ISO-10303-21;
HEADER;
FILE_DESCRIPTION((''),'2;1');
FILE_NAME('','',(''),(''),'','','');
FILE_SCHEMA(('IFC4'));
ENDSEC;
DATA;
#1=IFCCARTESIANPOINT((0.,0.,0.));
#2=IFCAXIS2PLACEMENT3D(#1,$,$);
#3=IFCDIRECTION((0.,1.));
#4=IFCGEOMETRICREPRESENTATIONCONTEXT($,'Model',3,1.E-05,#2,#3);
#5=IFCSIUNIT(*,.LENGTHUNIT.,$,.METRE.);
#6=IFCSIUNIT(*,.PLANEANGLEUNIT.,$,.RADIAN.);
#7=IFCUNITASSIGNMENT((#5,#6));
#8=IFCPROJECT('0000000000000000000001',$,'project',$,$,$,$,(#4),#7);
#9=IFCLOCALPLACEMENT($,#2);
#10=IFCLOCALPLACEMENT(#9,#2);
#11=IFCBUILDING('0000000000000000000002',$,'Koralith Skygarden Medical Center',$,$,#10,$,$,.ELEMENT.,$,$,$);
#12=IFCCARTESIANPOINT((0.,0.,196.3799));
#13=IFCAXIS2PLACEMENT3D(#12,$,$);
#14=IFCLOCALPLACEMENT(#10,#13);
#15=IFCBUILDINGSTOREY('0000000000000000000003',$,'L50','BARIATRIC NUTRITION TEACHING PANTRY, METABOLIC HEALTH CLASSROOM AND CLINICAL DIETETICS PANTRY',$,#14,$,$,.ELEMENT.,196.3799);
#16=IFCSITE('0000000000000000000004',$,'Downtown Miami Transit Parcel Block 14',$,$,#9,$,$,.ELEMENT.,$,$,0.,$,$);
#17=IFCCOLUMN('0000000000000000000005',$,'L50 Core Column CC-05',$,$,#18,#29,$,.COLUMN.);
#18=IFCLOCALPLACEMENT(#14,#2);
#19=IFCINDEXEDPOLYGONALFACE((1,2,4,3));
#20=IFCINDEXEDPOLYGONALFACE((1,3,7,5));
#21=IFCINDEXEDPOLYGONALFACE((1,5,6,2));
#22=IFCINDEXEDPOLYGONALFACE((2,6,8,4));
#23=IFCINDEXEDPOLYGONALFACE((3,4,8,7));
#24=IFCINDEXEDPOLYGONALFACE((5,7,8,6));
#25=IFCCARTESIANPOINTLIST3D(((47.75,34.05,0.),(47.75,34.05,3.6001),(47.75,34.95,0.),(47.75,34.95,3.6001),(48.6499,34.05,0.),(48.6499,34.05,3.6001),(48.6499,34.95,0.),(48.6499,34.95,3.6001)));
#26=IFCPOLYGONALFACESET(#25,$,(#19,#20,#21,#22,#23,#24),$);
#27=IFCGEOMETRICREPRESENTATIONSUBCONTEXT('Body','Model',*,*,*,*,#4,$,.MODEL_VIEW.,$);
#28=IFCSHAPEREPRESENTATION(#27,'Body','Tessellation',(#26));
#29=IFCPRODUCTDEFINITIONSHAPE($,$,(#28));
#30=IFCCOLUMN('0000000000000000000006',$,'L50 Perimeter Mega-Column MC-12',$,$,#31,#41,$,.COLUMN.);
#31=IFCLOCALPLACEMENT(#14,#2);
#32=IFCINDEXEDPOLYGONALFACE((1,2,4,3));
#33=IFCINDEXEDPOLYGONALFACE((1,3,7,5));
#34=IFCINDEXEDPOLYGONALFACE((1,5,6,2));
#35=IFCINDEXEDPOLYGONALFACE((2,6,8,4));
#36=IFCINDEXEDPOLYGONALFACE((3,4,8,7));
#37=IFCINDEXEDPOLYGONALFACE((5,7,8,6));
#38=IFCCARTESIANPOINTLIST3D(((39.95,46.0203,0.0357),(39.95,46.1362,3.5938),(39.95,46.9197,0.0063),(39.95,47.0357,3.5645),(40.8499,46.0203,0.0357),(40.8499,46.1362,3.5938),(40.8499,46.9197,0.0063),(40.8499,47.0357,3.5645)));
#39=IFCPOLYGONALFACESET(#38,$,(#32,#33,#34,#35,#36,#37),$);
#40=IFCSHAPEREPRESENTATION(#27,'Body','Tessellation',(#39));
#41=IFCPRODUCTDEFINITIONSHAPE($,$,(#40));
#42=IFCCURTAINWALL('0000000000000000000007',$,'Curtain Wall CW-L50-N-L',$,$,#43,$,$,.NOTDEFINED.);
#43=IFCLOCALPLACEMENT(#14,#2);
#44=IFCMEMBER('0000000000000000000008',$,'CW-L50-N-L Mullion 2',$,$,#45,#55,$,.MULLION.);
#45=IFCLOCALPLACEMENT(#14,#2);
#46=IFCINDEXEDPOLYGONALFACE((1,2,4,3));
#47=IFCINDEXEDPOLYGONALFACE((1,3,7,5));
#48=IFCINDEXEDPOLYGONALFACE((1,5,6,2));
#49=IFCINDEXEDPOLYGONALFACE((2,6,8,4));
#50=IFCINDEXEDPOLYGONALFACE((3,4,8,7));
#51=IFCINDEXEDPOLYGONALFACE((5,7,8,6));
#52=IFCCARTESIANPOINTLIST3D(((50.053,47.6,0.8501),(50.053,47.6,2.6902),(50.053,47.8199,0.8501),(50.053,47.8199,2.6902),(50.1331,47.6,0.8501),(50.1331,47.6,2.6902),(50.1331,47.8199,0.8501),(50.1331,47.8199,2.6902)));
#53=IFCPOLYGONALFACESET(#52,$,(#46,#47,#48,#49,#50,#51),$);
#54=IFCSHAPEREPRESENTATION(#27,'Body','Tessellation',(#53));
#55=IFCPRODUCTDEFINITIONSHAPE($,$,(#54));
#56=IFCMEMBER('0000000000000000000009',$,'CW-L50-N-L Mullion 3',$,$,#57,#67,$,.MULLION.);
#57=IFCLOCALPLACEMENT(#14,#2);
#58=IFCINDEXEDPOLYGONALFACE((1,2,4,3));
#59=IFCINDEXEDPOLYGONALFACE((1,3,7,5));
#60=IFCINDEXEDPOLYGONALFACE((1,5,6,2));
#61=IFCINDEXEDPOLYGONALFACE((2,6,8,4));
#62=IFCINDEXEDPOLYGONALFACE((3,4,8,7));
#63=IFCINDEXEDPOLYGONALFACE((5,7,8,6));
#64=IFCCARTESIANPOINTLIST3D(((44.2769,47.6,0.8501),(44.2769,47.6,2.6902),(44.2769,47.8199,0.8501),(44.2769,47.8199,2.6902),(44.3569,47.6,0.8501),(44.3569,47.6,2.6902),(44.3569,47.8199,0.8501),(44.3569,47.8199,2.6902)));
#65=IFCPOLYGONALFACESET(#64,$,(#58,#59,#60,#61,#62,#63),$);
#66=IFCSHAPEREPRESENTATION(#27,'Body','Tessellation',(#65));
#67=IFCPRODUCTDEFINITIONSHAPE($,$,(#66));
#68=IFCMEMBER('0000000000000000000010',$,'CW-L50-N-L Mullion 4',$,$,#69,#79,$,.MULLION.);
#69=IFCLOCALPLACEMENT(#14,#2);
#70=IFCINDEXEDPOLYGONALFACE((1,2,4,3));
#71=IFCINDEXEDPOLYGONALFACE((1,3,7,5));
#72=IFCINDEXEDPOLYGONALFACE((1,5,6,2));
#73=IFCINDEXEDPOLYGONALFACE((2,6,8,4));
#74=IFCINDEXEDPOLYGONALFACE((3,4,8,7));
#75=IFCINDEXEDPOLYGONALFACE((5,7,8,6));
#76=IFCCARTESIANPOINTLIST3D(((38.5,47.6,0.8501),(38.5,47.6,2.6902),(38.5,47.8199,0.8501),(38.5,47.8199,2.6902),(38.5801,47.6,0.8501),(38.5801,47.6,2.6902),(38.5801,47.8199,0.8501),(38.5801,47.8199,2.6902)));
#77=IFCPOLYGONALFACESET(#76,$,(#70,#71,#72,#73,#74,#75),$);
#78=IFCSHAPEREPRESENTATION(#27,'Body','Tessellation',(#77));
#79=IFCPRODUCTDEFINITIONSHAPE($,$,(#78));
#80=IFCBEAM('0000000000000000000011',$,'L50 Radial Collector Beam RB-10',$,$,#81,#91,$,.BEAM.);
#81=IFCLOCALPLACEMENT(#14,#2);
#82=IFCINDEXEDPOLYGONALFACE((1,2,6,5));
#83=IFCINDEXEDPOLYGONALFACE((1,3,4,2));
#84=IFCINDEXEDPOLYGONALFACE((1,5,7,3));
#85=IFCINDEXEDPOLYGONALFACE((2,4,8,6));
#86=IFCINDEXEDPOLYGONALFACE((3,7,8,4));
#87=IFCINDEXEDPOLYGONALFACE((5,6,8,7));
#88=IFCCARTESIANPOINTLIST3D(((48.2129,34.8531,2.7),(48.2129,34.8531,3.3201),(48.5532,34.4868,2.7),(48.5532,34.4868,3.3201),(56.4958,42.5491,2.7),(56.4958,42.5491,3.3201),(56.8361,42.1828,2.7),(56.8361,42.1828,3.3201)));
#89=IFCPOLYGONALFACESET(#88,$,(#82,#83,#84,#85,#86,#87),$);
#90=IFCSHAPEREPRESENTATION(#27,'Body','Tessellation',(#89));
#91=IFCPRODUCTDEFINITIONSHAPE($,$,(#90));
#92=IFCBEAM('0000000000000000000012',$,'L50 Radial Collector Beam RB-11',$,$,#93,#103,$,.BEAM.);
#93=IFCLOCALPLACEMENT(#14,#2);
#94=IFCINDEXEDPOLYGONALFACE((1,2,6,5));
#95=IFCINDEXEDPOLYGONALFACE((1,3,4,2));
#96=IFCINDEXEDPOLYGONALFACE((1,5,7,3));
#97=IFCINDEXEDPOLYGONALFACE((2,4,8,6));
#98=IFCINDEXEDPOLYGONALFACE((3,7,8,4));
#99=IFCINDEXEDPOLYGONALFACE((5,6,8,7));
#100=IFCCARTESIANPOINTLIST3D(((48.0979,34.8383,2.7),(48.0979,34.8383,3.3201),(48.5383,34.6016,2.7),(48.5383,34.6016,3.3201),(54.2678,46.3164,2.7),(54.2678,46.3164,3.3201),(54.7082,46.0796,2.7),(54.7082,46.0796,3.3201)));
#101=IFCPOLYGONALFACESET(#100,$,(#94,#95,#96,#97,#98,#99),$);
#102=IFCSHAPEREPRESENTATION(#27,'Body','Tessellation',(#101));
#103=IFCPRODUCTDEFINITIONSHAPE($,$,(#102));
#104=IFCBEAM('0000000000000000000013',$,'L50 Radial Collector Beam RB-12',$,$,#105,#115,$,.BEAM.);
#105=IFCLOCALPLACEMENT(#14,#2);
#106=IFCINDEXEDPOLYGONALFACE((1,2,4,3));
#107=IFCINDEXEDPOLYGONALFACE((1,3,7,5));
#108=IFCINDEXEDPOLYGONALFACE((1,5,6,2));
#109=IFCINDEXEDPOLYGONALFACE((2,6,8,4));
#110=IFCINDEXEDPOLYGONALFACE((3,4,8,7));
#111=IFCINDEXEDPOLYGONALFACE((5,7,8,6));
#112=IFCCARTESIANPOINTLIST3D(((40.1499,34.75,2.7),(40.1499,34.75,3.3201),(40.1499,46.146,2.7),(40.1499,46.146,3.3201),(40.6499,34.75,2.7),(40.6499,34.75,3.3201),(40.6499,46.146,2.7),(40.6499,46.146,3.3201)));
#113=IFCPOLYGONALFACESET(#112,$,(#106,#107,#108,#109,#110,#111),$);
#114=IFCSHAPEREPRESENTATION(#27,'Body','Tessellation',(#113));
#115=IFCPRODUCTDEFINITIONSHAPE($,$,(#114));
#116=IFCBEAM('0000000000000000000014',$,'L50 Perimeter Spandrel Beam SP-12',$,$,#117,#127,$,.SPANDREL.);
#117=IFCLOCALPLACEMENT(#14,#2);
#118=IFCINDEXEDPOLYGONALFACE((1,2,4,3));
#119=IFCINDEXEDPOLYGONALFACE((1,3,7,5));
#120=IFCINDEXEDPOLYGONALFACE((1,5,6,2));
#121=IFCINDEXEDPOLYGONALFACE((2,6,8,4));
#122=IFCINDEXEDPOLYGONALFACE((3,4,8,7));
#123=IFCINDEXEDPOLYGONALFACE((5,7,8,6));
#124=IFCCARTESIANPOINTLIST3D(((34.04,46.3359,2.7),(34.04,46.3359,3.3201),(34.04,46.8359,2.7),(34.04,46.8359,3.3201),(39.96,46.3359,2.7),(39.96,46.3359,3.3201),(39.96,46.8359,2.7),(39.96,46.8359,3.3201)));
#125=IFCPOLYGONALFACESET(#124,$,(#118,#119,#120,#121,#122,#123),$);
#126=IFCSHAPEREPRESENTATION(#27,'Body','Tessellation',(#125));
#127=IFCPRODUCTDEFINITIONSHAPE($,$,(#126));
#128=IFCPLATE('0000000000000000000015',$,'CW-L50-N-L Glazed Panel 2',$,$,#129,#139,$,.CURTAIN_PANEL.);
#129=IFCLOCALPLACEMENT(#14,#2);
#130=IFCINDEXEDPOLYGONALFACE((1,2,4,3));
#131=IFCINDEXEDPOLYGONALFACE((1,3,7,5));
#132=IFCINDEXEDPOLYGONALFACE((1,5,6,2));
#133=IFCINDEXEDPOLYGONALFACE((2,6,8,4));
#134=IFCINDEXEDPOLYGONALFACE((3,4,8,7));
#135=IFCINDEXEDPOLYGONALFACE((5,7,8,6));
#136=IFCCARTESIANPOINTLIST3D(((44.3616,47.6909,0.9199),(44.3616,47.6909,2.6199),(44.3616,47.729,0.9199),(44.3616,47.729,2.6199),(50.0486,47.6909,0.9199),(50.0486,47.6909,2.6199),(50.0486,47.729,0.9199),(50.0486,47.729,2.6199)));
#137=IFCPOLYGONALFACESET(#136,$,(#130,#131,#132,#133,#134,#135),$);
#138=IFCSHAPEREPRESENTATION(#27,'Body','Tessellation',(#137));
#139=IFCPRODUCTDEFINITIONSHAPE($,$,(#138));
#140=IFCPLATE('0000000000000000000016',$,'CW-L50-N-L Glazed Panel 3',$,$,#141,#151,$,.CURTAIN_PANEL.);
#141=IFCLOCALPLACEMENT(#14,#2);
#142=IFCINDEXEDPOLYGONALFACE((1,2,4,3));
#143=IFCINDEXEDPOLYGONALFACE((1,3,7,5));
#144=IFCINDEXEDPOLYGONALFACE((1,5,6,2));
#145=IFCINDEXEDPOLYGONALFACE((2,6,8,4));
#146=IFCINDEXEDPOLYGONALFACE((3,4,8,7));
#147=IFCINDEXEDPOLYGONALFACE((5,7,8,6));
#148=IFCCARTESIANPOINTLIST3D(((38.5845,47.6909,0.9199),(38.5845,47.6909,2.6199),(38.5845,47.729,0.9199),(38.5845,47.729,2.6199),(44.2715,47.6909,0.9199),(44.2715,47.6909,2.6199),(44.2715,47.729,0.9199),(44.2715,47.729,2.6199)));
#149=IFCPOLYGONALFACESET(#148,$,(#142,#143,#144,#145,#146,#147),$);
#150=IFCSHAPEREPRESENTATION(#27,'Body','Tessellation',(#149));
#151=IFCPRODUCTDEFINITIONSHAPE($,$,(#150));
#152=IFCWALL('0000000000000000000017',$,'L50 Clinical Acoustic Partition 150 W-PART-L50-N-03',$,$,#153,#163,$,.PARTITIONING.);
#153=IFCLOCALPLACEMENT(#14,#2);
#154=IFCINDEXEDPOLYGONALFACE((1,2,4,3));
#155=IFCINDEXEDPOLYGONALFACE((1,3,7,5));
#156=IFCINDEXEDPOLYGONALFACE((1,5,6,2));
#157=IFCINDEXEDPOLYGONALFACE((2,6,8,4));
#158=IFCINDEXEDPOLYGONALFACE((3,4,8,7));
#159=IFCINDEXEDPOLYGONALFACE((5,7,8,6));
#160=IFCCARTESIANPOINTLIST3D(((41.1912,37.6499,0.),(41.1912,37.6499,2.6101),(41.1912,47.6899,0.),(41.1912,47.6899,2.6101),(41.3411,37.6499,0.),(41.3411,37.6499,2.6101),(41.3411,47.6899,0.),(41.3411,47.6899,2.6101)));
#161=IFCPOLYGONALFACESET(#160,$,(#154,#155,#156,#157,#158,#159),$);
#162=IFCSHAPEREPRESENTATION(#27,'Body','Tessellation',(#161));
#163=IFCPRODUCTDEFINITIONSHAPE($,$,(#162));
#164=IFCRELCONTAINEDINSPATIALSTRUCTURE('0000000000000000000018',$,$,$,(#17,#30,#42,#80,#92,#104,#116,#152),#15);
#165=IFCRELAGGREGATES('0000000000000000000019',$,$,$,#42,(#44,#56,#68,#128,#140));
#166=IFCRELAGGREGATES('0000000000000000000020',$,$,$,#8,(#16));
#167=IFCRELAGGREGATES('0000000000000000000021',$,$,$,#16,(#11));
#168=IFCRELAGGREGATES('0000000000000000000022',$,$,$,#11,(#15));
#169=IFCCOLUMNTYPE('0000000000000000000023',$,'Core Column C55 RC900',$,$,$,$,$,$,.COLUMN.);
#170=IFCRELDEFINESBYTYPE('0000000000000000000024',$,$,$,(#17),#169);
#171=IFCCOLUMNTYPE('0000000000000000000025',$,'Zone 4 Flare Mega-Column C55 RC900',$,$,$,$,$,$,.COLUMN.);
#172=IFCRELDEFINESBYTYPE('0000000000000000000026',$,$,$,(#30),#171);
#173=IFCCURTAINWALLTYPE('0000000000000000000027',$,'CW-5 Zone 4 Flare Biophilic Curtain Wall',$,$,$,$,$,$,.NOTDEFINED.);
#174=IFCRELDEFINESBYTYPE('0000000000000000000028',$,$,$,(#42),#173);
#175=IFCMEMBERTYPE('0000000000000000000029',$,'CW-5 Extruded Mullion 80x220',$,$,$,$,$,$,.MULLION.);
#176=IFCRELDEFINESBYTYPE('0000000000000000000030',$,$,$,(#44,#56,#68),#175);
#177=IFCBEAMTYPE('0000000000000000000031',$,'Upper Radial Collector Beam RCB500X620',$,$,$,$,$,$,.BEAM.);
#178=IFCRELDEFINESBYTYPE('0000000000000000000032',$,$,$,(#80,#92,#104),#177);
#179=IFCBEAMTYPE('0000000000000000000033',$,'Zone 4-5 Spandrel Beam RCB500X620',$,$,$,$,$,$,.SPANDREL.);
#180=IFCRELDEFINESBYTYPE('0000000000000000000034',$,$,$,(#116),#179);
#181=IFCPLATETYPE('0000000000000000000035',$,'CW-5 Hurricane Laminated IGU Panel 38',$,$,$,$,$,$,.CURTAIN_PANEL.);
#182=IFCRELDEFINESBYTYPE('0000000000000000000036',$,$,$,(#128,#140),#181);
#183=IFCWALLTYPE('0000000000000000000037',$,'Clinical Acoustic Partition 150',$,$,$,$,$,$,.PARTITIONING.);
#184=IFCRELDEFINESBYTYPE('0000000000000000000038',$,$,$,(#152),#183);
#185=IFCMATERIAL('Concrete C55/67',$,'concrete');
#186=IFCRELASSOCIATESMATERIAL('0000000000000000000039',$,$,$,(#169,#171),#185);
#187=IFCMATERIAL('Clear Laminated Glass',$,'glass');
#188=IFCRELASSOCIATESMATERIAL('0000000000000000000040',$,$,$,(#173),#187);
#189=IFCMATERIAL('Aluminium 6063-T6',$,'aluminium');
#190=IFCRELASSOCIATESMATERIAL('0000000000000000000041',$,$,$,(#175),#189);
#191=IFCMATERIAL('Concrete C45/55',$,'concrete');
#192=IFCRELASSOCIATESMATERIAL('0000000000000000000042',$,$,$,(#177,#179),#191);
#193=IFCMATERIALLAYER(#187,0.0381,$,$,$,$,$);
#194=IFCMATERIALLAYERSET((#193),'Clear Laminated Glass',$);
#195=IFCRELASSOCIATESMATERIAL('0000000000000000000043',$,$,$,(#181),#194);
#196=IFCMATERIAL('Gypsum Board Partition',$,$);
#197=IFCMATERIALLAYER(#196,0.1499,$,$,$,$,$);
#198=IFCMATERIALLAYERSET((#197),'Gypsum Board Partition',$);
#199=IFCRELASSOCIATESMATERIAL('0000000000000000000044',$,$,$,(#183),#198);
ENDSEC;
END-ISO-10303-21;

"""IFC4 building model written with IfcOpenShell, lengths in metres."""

from ifc_helpers import new_model, si_unit, direction, frame, frame_2d, origin, origin_2d, place, context, subcontext, project, spatial, rectangle, extrude, material, layer, layer_set, material_profile, profile_set, type_object, element, aggregate, save


model = new_model("IFC4")

# Units and contexts
model_context = context("Model", 3, precision=1e-05, world=origin(), true_north=direction((0.0, 1.0)))
body_context = subcontext(model_context, "Body", "Model", "MODEL_VIEW")
ifc_project = project(units=[si_unit("LENGTHUNIT", "METRE"), si_unit("PLANEANGLEUNIT", "RADIAN")], contexts=[model_context])

# Site, building, storey
site_placement = place(None, origin())
site = spatial("IfcSite", under=ifc_project, at=site_placement, Name="Downtown Miami Transit Parcel Block 14", CompositionType="ELEMENT", RefElevation=0.0)
building_placement = place(site_placement, origin())
building = spatial("IfcBuilding", under=site, at=building_placement, Name="Koralith Skygarden Medical Center", CompositionType="ELEMENT")
storey_placement = place(building_placement, frame((0.0, 0.0, 196.3799)))
storey = spatial("IfcBuildingStorey", under=building, at=storey_placement, Name="L50", Description="BARIATRIC NUTRITION TEACHING PANTRY, METABOLIC HEALTH CLASSROOM AND CLINICAL DIETETICS PANTRY", CompositionType="ELEMENT", Elevation=196.3799)

# Columns
ifc_material_1 = material(Name="Concrete C55/67", Category="concrete")
ifc_material_profile_1 = material_profile(ifc_material_1, rectangle(XDim=0.8999, YDim=0.8999, at=origin_2d()), Name="RC900X900")
ifc_profile_set_1 = profile_set([ifc_material_profile_1], Name="Concrete C55/67")
column_type_1 = type_object("IfcColumnType", Name="Core Column C55 RC900", PredefinedType="COLUMN", material=ifc_profile_set_1)
column_1_placement = place(storey_placement, frame((48.2, 34.5, 0.0), z_axis=(0.0, 0.0, 1.0), x_axis=(1.0, 0.0, 0.0)))
element("IfcColumn", 1, at=column_1_placement, inside=storey, type_object=column_type_1, Name="L50 Core Column CC-05", PredefinedType="COLUMN", context=body_context, shape_type="SweptSolid", body=[
    extrude(rectangle(XDim=0.8999, YDim=0.8999, at=origin_2d()), origin(), (0.0, 0.0, 1.0), 3.6001),
])
ifc_material_profile_2 = material_profile(ifc_material_1, rectangle(XDim=0.8999, YDim=0.8999, at=origin_2d()), Name="RC900X900")
ifc_profile_set_2 = profile_set([ifc_material_profile_2], Name="Concrete C55/67")
column_type_2 = type_object("IfcColumnType", Name="Zone 4 Flare Mega-Column C55 RC900", PredefinedType="COLUMN", material=ifc_profile_set_2)
column_2_placement = place(storey_placement, frame((40.3999, 46.47, 0.021), z_axis=(0.0, 0.032575, 0.999469), x_axis=(-1.0, 0.0, 0.0)))
element("IfcColumn", 2, at=column_2_placement, inside=storey, type_object=column_type_2, Name="L50 Perimeter Mega-Column MC-12", PredefinedType="COLUMN", context=body_context, shape_type="SweptSolid", body=[
    extrude(rectangle(XDim=0.8999, YDim=0.8999, at=origin_2d()), origin(), (0.0, 0.0, 1.0), 3.5601),
])

# Curtain wall, members
ifc_material_2 = material(Name="Clear Laminated Glass", Category="glass")
curtain_wall_type = type_object("IfcCurtainWallType", Name="CW-5 Zone 4 Flare Biophilic Curtain Wall", PredefinedType="NOTDEFINED", material=ifc_material_2)
curtain_wall_placement = place(storey_placement, origin())
curtain_wall = element("IfcCurtainWall", 3, at=curtain_wall_placement, inside=storey, type_object=curtain_wall_type, Name="Curtain Wall CW-L50-N-L", PredefinedType="NOTDEFINED")
ifc_material_3 = material(Name="Aluminium 6063-T6", Category="aluminium")
ifc_material_profile_3 = material_profile(ifc_material_3, rectangle(XDim=0.0801, YDim=0.22, at=origin_2d()), Name="MUL80X220")
ifc_profile_set_3 = profile_set([ifc_material_profile_3], Name="Aluminium 6063-T6")
member_type = type_object("IfcMemberType", Name="CW-5 Extruded Mullion 80x220", PredefinedType="MULLION", material=ifc_profile_set_3)
member_1_placement = place(storey_placement, frame((50.093, 47.71, 0.8501), z_axis=(0.0, 0.0, 1.0), x_axis=(1.0, 0.0, 0.0)))
member_1 = element("IfcMember", 4, at=member_1_placement, type_object=member_type, Name="CW-L50-N-L Mullion 2", PredefinedType="MULLION", context=body_context, shape_type="SweptSolid", body=[
    extrude(rectangle(XDim=0.0801, YDim=0.22, at=origin_2d()), origin(), (0.0, 0.0, 1.0), 1.8401),
])
member_2_placement = place(storey_placement, frame((44.3169, 47.71, 0.8501), z_axis=(0.0, 0.0, 1.0), x_axis=(1.0, 0.0, 0.0)))
member_2 = element("IfcMember", 5, at=member_2_placement, type_object=member_type, Name="CW-L50-N-L Mullion 3", PredefinedType="MULLION", context=body_context, shape_type="SweptSolid", body=[
    extrude(rectangle(XDim=0.0801, YDim=0.22, at=origin_2d()), origin(), (0.0, 0.0, 1.0), 1.8401),
])
member_3_placement = place(storey_placement, frame((38.54, 47.71, 0.8501), z_axis=(0.0, 0.0, 1.0), x_axis=(1.0, 0.0, 0.0)))
member_3 = element("IfcMember", 6, at=member_3_placement, type_object=member_type, Name="CW-L50-N-L Mullion 4", PredefinedType="MULLION", context=body_context, shape_type="SweptSolid", body=[
    extrude(rectangle(XDim=0.0801, YDim=0.22, at=origin_2d()), origin(), (0.0, 0.0, 1.0), 1.8401),
])

# Beams
ifc_material_4 = material(Name="Concrete C45/55", Category="concrete")
ifc_material_profile_4 = material_profile(ifc_material_4, rectangle(XDim=0.5, YDim=0.6201, at=origin_2d()), Name="RCB500X620")
ifc_profile_set_4 = profile_set([ifc_material_profile_4], Name="Concrete C45/55")
beam_type_1 = type_object("IfcBeamType", Name="Upper Radial Collector Beam RCB500X620", PredefinedType="BEAM", material=ifc_profile_set_4)
beam_1_placement = place(storey_placement, frame((48.3831, 34.6699, 3.01), z_axis=(0.732585, 0.680676, 0.0), x_axis=(-0.680676, 0.732585, 0.0)))
element("IfcBeam", 7, at=beam_1_placement, inside=storey, type_object=beam_type_1, Name="L50 Radial Collector Beam RB-10", PredefinedType="BEAM", context=body_context, shape_type="SweptSolid", body=[
    extrude(rectangle(XDim=0.5, YDim=0.6201, at=origin_2d()), origin(), (0.0, 0.0, 1.0), 11.3064),
])
beam_2_placement = place(storey_placement, frame((48.3181, 34.72, 3.01), z_axis=(0.473472, 0.880809, 0.0), x_axis=(-0.880809, 0.473472, 0.0)))
element("IfcBeam", 8, at=beam_2_placement, inside=storey, type_object=beam_type_1, Name="L50 Radial Collector Beam RB-11", PredefinedType="BEAM", context=body_context, shape_type="SweptSolid", body=[
    extrude(rectangle(XDim=0.5, YDim=0.6201, at=origin_2d()), origin(), (0.0, 0.0, 1.0), 13.0312),
])
beam_3_placement = place(storey_placement, frame((40.3999, 34.75, 3.01), z_axis=(0.0, 1.0, 0.0), x_axis=(-1.0, 0.0, 0.0)))
element("IfcBeam", 9, at=beam_3_placement, inside=storey, type_object=beam_type_1, Name="L50 Radial Collector Beam RB-12", PredefinedType="BEAM", context=body_context, shape_type="SweptSolid", body=[
    extrude(rectangle(XDim=0.5, YDim=0.6201, at=origin_2d()), origin(), (0.0, 0.0, 1.0), 11.396),
])
ifc_material_profile_5 = material_profile(ifc_material_4, rectangle(XDim=0.5, YDim=0.6201, at=origin_2d()), Name="RCB500X620")
ifc_profile_set_5 = profile_set([ifc_material_profile_5], Name="Concrete C45/55")
beam_type_2 = type_object("IfcBeamType", Name="Zone 4-5 Spandrel Beam RCB500X620", PredefinedType="SPANDREL", material=ifc_profile_set_5)
beam_4_placement = place(storey_placement, frame((39.96, 46.5859, 3.01), z_axis=(-1.0, 0.0, 0.0), x_axis=(0.0, -1.0, 0.0)))
element("IfcBeam", 10, at=beam_4_placement, inside=storey, type_object=beam_type_2, Name="L50 Perimeter Spandrel Beam SP-12", PredefinedType="SPANDREL", context=body_context, shape_type="SweptSolid", body=[
    extrude(rectangle(XDim=0.5, YDim=0.6201, at=origin_2d()), origin(), (0.0, 0.0, 1.0), 5.9199),
])

# Plates
ifc_layer_1 = layer(ifc_material_2, 0.0381)
ifc_layer_set_1 = layer_set([ifc_layer_1], Name="Clear Laminated Glass")
plate_type = type_object("IfcPlateType", Name="CW-5 Hurricane Laminated IGU Panel 38", PredefinedType="CURTAIN_PANEL", material=ifc_layer_set_1)
plate_1_placement = place(storey_placement, frame((47.2051, 47.71, 0.9199), z_axis=(0.0, 0.0, 1.0), x_axis=(-1.0, 0.0, 0.0)))
plate_1 = element("IfcPlate", 11, at=plate_1_placement, type_object=plate_type, Name="CW-L50-N-L Glazed Panel 2", PredefinedType="CURTAIN_PANEL", context=body_context, shape_type="SweptSolid", body=[
    extrude(rectangle(XDim=5.687, YDim=0.0381, at=origin_2d()), origin(), (0.0, 0.0, 1.0), 1.7),
])
plate_2_placement = place(storey_placement, frame((41.428, 47.71, 0.9199), z_axis=(0.0, 0.0, 1.0), x_axis=(-1.0, 0.0, 0.0)))
plate_2 = element("IfcPlate", 12, at=plate_2_placement, type_object=plate_type, Name="CW-L50-N-L Glazed Panel 3", PredefinedType="CURTAIN_PANEL", context=body_context, shape_type="SweptSolid", body=[
    extrude(rectangle(XDim=5.687, YDim=0.0381, at=origin_2d()), origin(), (0.0, 0.0, 1.0), 1.7),
])
aggregate(curtain_wall, [member_1, member_2, member_3, plate_1, plate_2])

# Wall
ifc_material_5 = material(Name="Gypsum Board Partition")
ifc_layer_2 = layer(ifc_material_5, 0.1499)
ifc_layer_set_2 = layer_set([ifc_layer_2], Name="Gypsum Board Partition")
wall_type_1 = type_object("IfcWallType", Name="Clinical Acoustic Partition 150", PredefinedType="PARTITIONING", material=ifc_layer_set_2)
wall_1_placement = place(storey_placement, frame((41.2661, 37.6499, 0.0), z_axis=(0.0, 0.0, 1.0), x_axis=(0.0, 1.0, 0.0)))
element("IfcWall", 13, at=wall_1_placement, inside=storey, type_object=wall_type_1, Name="L50 Clinical Acoustic Partition 150 W-PART-L50-N-03", PredefinedType="PARTITIONING", context=body_context, shape_type="SweptSolid", body=[
    extrude(rectangle(XDim=10.04, YDim=0.1499, at=frame_2d((5.02, 0.0))), origin(), (0.0, 0.0, 1.0), 2.6101),
])

save(model, "model.ifc")
